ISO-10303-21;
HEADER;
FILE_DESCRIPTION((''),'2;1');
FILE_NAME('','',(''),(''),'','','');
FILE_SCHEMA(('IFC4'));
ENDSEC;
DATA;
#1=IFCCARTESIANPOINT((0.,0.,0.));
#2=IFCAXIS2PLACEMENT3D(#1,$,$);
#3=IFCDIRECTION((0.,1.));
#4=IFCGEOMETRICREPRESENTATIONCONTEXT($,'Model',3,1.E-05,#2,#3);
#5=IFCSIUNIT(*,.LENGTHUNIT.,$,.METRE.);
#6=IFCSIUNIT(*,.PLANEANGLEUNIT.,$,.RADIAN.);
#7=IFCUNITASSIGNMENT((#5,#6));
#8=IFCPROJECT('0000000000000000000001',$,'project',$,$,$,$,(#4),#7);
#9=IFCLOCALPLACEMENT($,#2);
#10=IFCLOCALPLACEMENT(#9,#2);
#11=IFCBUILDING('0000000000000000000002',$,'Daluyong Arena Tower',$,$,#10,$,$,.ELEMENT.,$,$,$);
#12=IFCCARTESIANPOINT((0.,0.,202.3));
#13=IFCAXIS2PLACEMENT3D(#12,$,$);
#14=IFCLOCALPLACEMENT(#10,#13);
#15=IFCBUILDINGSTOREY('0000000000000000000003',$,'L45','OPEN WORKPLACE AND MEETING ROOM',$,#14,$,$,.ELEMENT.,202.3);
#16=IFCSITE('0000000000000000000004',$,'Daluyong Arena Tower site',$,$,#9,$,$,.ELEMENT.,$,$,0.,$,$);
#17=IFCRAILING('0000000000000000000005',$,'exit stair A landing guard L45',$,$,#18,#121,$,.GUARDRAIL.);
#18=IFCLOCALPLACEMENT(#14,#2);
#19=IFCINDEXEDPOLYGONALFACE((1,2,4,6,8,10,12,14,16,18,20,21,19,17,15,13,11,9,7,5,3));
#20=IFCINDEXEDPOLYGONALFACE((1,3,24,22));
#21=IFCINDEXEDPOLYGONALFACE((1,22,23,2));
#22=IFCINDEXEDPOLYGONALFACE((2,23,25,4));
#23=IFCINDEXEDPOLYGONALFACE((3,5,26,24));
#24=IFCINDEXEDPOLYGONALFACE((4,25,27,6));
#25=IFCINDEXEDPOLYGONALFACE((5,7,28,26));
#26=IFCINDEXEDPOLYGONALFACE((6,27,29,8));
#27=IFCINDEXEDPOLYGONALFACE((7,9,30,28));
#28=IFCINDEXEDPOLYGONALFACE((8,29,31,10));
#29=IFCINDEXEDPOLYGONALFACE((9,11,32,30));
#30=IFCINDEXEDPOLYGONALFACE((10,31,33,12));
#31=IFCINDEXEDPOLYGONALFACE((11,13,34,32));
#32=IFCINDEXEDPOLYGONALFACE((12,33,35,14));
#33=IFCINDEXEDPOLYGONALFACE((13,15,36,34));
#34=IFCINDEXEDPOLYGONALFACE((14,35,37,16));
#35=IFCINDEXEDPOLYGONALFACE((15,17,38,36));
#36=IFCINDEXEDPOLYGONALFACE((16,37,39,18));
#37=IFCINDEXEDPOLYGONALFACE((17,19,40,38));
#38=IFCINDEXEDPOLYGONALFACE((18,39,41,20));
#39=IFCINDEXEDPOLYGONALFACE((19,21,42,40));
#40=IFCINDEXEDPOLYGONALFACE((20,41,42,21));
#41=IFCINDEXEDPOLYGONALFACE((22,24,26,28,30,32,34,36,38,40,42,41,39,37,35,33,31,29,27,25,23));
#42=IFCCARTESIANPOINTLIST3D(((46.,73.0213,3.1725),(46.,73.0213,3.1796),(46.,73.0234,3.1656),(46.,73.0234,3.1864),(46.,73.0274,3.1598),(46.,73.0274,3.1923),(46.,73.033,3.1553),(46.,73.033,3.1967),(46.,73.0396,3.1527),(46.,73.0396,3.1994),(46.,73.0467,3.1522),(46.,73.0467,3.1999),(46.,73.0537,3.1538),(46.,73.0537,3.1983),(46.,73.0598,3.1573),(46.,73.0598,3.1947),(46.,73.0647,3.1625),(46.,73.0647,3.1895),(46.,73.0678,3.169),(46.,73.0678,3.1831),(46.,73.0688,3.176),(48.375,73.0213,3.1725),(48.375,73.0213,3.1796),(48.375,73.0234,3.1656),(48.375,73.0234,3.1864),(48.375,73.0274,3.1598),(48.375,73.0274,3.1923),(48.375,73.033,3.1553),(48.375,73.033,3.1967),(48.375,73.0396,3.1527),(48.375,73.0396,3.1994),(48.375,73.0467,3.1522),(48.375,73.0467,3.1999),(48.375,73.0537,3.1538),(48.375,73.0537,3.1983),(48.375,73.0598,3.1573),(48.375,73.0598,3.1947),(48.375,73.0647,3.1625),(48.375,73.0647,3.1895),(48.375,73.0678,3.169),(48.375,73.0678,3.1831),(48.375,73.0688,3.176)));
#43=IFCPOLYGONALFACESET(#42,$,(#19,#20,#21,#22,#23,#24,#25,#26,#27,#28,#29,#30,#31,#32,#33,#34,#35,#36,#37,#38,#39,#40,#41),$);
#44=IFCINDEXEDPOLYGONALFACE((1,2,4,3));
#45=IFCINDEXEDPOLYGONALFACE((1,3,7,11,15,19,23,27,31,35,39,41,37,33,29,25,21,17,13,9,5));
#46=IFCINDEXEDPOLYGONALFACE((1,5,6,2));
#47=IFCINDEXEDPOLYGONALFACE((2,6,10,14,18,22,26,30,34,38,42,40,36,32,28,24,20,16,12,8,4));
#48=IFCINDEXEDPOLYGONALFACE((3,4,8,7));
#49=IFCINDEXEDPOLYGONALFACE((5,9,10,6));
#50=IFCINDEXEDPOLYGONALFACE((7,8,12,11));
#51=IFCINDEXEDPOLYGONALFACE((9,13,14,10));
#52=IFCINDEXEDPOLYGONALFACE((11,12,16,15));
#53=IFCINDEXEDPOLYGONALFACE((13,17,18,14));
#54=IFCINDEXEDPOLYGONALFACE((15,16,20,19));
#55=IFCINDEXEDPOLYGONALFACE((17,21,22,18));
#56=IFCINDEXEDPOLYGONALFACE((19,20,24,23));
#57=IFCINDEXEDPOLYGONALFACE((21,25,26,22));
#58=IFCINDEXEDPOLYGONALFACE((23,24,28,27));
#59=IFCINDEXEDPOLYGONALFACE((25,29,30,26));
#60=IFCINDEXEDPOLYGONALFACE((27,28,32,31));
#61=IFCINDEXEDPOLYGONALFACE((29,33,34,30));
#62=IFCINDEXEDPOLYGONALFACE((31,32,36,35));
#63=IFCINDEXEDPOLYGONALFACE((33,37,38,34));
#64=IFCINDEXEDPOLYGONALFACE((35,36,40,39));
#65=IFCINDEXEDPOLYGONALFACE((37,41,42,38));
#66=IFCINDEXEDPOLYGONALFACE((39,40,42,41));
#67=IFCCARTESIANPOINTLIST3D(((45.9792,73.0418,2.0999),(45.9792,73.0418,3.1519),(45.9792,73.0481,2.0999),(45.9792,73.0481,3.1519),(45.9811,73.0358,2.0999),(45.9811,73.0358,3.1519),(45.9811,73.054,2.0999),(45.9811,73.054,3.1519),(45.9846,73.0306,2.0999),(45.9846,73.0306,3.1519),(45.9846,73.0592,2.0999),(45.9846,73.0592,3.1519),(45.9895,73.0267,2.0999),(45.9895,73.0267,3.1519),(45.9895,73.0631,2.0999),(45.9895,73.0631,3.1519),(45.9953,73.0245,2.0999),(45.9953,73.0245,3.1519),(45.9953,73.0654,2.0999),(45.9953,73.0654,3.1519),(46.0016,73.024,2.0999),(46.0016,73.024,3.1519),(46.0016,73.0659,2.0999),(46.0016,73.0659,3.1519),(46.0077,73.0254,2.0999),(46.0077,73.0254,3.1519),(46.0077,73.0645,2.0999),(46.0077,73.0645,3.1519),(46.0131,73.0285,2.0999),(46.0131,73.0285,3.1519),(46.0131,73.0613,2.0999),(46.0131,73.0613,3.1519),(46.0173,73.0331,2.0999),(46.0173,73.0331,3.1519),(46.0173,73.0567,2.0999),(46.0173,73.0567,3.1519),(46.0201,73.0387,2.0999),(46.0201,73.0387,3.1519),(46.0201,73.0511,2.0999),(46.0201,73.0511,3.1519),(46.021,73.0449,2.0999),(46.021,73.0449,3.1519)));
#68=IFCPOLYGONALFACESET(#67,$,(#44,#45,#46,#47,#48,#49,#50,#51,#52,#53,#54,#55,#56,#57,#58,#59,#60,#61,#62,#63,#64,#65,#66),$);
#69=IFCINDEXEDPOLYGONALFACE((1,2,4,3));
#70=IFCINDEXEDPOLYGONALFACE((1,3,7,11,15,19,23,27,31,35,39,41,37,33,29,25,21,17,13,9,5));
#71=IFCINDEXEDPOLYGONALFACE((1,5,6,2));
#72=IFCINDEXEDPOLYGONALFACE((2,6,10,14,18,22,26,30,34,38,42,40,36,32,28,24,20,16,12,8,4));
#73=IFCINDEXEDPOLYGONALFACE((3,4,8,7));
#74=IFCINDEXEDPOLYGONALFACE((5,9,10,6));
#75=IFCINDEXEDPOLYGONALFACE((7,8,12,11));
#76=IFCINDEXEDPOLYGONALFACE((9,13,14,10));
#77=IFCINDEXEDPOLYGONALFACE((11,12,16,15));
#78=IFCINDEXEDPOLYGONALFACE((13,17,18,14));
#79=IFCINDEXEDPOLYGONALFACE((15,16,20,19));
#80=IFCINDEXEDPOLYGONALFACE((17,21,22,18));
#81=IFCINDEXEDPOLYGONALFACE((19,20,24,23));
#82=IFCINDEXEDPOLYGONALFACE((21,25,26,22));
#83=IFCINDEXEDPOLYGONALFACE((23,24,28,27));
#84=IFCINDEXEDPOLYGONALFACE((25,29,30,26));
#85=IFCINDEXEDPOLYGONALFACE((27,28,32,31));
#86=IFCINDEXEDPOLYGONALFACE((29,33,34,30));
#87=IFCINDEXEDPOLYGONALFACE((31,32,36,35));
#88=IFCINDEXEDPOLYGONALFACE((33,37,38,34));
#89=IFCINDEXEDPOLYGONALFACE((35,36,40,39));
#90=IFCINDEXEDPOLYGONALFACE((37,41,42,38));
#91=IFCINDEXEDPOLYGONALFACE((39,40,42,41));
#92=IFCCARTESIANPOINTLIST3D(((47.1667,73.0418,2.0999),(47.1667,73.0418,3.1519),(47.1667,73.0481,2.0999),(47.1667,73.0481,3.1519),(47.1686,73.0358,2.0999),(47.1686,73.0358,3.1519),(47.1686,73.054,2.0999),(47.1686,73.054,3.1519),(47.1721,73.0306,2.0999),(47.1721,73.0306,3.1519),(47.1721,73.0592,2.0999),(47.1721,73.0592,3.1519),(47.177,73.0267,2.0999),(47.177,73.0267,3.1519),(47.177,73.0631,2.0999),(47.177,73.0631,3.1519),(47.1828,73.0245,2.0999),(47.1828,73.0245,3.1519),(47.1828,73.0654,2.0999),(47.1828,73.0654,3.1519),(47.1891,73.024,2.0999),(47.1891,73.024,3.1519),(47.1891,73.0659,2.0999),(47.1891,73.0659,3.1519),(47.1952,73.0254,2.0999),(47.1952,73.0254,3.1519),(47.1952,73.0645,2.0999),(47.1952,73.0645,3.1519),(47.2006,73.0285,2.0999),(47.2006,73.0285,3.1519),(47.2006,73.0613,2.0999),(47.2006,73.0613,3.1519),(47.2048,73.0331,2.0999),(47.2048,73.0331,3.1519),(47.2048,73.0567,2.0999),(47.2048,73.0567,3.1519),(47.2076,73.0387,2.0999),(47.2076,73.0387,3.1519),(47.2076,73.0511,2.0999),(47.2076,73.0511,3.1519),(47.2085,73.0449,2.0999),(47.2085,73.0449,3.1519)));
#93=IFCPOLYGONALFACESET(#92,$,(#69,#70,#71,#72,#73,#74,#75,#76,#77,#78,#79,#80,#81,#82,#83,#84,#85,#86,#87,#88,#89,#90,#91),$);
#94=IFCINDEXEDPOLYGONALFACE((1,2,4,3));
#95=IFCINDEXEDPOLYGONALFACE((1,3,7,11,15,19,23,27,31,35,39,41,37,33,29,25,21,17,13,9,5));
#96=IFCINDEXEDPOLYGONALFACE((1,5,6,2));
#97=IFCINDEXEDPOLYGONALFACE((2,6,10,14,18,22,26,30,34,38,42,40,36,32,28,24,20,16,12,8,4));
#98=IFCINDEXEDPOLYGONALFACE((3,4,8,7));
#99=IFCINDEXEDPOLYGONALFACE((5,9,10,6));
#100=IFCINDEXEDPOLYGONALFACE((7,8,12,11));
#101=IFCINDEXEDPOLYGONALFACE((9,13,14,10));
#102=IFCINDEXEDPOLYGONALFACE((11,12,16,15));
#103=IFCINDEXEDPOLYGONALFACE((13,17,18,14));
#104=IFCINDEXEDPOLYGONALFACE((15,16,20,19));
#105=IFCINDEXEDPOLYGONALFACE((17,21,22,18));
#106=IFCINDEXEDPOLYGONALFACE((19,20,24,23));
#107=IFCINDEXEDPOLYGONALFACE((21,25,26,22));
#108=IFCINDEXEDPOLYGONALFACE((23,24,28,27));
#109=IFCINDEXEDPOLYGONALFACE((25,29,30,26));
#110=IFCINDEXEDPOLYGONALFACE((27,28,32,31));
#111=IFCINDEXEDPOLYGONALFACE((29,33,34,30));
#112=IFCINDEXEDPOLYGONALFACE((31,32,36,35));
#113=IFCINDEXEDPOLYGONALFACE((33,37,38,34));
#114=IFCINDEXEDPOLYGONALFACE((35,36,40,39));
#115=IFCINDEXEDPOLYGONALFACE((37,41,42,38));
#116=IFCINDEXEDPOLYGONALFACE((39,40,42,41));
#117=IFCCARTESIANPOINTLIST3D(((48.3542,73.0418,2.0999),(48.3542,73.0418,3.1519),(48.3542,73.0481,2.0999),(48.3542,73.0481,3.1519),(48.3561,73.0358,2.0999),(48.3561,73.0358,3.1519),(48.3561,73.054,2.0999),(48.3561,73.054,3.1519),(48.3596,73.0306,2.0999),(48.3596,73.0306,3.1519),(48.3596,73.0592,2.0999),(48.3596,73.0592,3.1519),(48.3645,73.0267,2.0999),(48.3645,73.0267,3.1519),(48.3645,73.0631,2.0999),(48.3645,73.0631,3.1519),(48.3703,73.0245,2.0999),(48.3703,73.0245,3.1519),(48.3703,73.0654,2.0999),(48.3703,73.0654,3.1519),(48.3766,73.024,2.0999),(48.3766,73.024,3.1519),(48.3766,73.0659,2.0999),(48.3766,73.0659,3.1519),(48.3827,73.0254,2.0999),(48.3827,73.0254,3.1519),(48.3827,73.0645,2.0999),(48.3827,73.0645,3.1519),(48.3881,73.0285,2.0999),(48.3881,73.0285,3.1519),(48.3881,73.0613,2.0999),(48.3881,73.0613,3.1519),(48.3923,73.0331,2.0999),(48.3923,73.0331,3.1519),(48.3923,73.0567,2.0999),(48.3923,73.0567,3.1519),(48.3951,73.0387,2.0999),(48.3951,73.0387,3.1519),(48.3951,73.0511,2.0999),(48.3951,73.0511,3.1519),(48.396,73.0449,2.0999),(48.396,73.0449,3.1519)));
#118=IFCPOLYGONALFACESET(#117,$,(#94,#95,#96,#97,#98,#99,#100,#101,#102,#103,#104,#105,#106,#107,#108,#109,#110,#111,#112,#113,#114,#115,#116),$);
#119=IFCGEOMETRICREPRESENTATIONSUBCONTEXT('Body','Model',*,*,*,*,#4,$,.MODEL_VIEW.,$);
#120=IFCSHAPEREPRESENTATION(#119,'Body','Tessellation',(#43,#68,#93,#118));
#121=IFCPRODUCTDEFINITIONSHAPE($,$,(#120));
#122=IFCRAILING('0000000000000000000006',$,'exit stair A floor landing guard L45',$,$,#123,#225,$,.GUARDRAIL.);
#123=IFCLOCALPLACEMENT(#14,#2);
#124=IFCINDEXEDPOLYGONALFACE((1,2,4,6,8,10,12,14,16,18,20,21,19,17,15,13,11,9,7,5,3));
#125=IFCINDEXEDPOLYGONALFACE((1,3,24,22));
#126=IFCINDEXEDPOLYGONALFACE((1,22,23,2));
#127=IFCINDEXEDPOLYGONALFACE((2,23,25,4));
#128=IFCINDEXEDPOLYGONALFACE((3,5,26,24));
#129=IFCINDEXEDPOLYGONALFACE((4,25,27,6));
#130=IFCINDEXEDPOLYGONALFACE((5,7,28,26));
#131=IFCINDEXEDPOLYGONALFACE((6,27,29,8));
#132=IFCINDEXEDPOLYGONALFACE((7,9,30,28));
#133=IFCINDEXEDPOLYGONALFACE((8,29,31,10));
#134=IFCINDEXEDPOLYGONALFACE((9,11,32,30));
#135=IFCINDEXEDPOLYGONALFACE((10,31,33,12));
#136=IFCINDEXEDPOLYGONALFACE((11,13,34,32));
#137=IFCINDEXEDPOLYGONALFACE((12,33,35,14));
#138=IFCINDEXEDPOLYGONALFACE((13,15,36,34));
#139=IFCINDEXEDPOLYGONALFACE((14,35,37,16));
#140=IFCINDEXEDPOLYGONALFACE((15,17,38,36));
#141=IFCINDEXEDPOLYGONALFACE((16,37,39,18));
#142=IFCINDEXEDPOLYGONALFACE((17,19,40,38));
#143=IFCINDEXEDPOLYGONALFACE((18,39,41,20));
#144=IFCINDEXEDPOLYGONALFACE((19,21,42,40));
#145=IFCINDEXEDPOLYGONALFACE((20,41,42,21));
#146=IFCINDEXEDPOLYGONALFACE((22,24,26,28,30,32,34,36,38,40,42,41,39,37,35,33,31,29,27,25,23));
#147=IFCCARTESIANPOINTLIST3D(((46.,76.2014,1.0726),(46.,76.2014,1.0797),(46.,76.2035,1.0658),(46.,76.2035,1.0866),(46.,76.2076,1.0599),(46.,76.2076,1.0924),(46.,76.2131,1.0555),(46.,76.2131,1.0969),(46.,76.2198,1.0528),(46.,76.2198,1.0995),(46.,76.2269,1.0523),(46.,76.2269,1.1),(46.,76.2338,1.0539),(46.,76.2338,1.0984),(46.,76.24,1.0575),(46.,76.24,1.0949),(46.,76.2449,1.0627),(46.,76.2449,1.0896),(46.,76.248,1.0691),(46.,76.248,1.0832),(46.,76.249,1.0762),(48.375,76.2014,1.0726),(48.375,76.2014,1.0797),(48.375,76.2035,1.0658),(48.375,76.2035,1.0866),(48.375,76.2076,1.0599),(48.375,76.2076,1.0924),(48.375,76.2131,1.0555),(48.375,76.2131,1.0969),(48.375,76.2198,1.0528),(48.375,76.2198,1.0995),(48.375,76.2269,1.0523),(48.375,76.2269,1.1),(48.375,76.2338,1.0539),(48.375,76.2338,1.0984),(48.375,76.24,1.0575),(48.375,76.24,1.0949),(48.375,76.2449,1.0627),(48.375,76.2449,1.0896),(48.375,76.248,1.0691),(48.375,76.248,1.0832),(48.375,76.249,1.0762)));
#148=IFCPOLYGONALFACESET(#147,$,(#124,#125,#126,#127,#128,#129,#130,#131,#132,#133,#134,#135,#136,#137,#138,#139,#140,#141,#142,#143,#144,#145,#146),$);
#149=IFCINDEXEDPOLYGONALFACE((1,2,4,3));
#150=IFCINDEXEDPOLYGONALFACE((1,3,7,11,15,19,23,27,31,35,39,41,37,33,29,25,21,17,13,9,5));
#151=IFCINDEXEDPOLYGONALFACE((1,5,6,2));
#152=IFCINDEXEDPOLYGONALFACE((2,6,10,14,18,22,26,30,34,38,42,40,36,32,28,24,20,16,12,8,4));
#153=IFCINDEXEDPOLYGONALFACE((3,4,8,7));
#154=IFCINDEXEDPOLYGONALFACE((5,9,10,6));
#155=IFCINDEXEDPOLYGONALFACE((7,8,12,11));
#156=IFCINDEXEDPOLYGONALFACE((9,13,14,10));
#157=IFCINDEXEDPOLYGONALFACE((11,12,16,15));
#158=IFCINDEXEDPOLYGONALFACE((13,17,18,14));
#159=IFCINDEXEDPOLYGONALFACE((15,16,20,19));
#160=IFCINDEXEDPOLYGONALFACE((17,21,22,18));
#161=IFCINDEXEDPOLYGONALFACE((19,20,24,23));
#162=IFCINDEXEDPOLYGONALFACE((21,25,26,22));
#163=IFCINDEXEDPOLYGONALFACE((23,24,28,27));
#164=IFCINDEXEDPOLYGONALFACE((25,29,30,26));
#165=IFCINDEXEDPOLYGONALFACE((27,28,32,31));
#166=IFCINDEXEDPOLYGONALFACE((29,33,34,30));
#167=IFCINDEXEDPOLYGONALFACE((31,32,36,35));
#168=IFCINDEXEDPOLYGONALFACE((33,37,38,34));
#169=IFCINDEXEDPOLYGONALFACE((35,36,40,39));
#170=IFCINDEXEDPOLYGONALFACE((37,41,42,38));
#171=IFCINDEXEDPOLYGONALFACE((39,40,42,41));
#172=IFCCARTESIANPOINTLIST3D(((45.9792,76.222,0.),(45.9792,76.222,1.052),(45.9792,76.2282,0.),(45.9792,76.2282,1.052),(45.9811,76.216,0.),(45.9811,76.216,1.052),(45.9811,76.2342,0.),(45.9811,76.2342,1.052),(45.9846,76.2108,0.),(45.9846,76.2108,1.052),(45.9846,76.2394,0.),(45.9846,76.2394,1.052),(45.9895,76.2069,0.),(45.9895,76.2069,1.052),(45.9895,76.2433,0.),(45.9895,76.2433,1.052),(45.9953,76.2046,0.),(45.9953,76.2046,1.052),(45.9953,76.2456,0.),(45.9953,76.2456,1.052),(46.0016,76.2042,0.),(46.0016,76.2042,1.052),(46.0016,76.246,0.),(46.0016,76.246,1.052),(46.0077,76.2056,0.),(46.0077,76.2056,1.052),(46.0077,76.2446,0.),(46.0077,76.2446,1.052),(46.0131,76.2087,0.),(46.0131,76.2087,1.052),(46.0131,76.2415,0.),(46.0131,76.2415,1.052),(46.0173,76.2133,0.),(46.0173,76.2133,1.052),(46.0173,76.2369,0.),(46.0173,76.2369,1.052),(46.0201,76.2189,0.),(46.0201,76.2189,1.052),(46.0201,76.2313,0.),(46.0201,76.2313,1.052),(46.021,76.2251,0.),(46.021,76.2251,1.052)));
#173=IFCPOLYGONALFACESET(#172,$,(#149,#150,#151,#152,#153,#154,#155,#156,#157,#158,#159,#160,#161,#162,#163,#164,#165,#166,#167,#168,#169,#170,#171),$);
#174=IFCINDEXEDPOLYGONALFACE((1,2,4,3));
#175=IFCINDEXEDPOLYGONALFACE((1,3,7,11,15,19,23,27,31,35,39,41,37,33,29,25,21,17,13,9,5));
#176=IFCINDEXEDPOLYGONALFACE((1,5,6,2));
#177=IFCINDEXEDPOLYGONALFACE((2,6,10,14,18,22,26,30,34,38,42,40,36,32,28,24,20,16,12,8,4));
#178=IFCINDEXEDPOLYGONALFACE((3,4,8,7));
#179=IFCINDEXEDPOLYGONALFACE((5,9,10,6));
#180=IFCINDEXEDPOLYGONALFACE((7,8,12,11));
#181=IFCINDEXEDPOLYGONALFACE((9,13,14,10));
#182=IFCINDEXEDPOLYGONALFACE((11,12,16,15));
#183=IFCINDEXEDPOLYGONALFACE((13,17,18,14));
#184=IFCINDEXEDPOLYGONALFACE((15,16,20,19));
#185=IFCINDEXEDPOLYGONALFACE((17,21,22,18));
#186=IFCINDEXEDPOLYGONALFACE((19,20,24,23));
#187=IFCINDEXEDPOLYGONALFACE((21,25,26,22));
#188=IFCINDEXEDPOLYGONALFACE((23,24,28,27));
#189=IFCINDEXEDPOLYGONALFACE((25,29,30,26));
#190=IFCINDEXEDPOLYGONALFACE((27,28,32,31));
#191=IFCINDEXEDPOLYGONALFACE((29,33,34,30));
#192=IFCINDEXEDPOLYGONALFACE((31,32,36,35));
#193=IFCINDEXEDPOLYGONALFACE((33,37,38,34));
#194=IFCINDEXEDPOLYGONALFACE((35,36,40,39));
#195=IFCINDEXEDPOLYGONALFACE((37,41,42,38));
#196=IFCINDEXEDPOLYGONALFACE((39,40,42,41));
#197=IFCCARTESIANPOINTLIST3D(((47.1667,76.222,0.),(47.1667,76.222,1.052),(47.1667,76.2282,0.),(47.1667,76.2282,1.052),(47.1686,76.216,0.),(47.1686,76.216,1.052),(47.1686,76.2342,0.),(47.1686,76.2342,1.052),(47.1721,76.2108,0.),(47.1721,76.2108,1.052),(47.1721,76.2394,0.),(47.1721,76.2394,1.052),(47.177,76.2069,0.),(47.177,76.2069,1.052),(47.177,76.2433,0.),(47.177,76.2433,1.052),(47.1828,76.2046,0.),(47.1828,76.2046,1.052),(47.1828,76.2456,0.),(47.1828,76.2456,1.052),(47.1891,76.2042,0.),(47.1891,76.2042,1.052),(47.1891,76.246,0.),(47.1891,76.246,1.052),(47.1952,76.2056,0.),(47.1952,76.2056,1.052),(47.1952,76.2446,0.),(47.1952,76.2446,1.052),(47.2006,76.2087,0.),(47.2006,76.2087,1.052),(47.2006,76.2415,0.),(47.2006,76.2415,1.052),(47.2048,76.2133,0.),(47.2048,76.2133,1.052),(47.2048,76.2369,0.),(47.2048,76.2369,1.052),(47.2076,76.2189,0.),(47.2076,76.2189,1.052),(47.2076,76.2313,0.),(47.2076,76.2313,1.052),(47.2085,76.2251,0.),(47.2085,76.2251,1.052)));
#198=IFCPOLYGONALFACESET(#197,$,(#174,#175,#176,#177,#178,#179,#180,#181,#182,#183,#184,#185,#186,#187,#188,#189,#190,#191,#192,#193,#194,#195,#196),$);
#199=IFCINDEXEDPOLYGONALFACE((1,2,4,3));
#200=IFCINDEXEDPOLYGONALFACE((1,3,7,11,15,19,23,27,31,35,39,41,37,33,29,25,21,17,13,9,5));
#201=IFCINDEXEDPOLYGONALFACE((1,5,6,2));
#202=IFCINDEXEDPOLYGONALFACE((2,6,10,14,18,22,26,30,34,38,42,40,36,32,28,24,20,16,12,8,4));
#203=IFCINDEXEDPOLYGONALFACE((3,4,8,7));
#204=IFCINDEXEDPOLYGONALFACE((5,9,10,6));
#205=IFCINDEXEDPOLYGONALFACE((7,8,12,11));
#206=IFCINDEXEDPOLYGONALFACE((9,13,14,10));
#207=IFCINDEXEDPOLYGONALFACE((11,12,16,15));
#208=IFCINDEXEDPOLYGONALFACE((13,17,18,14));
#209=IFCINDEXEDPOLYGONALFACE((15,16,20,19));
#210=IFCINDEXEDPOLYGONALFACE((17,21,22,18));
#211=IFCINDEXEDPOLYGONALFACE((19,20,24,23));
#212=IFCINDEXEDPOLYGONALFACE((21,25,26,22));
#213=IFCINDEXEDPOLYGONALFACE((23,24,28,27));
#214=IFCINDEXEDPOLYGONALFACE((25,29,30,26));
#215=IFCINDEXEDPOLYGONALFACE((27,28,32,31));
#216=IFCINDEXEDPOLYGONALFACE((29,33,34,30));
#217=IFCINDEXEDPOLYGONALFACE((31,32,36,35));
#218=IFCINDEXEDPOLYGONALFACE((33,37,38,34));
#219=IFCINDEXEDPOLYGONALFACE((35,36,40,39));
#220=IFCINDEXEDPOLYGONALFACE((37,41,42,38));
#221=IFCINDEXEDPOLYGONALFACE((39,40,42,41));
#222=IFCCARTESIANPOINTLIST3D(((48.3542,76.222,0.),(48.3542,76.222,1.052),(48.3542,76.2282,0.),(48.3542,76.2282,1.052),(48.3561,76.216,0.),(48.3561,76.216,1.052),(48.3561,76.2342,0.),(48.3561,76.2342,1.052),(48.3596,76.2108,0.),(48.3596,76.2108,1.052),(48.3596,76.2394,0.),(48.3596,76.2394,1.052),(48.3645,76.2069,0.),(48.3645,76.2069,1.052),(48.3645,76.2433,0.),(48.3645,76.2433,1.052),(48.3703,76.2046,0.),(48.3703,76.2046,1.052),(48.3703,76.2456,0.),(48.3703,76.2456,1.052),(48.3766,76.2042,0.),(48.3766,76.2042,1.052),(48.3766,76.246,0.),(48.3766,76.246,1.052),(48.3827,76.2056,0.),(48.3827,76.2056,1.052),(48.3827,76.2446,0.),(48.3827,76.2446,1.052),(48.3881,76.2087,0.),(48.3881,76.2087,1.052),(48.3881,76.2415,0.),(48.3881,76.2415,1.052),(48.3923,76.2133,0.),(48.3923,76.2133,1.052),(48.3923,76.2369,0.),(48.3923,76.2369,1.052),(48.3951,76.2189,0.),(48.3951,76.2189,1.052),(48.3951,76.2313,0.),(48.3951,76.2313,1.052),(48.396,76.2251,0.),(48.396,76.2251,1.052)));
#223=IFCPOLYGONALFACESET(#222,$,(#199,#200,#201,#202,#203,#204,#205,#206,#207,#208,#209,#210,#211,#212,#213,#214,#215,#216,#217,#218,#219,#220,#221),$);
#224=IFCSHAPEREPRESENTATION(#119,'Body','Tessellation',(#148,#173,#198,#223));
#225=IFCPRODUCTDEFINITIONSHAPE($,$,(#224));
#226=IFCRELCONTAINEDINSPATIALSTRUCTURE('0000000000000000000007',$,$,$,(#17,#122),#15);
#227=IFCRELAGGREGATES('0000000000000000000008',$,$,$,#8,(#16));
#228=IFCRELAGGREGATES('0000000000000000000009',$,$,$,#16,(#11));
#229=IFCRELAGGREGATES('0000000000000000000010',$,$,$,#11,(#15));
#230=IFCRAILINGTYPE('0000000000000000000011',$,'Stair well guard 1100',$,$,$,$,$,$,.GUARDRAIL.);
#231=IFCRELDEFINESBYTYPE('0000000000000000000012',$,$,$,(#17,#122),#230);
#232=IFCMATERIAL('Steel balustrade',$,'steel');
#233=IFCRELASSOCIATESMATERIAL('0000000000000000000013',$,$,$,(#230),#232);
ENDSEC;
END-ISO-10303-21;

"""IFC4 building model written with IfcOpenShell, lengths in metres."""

from ifc_helpers import new_model, si_unit, direction, frame, origin, origin_2d, place, context, subcontext, project, spatial, circle, extrude, material, type_object, element, save


model = new_model("IFC4")

# Units and contexts
model_context = context("Model", 3, precision=1e-05, world=origin(), true_north=direction((0.0, 1.0)))
body_context = subcontext(model_context, "Body", "Model", "MODEL_VIEW")
ifc_project = project(units=[si_unit("LENGTHUNIT", "METRE"), si_unit("PLANEANGLEUNIT", "RADIAN")], contexts=[model_context])

# Site, building, storey
site_placement = place(None, origin())
site = spatial("IfcSite", under=ifc_project, at=site_placement, Name="Daluyong Arena Tower site", CompositionType="ELEMENT", RefElevation=0.0)
building_placement = place(site_placement, origin())
building = spatial("IfcBuilding", under=site, at=building_placement, Name="Daluyong Arena Tower", CompositionType="ELEMENT")
storey_placement = place(building_placement, frame((0.0, 0.0, 202.3)))
storey = spatial("IfcBuildingStorey", under=building, at=storey_placement, Name="L45", Description="OPEN WORKPLACE AND MEETING ROOM", CompositionType="ELEMENT", Elevation=202.3)

# Railings
ifc_material_1 = material(Name="Steel balustrade", Category="steel")
railing_type_1 = type_object("IfcRailingType", Name="Stair well guard 1100", PredefinedType="GUARDRAIL", material=ifc_material_1)
for number, where, name in (
    (1, (46.0, 73.0449, 2.0999), "exit stair A landing guard L45"),
    (2, (46.0, 76.2251, 0.0), "exit stair A floor landing guard L45"),
):
    element("IfcRailing", number, at=place(storey_placement, frame(where)), inside=storey, type_object=railing_type_1, Name=name, PredefinedType="GUARDRAIL", context=body_context, shape_type="SweptSolid", body=[
        extrude(circle(Radius=0.0239, at=origin_2d()), frame((0.0, 0.0, 1.0762), z_axis=(1.0, 0.0, 0.0), x_axis=(0.0, 1.0, 0.0)), (0.0, 0.0, 1.0), 2.375),
        extrude(circle(Radius=0.021, at=origin_2d()), origin(), (0.0, 0.0, 1.0), 1.052),
        extrude(circle(Radius=0.021, at=origin_2d()), frame((1.1875, 0.0, 0.0)), (0.0, 0.0, 1.0), 1.052),
        extrude(circle(Radius=0.021, at=origin_2d()), frame((2.375, 0.0, 0.0)), (0.0, 0.0, 1.0), 1.052),
    ])

save(model, "model.ifc")
